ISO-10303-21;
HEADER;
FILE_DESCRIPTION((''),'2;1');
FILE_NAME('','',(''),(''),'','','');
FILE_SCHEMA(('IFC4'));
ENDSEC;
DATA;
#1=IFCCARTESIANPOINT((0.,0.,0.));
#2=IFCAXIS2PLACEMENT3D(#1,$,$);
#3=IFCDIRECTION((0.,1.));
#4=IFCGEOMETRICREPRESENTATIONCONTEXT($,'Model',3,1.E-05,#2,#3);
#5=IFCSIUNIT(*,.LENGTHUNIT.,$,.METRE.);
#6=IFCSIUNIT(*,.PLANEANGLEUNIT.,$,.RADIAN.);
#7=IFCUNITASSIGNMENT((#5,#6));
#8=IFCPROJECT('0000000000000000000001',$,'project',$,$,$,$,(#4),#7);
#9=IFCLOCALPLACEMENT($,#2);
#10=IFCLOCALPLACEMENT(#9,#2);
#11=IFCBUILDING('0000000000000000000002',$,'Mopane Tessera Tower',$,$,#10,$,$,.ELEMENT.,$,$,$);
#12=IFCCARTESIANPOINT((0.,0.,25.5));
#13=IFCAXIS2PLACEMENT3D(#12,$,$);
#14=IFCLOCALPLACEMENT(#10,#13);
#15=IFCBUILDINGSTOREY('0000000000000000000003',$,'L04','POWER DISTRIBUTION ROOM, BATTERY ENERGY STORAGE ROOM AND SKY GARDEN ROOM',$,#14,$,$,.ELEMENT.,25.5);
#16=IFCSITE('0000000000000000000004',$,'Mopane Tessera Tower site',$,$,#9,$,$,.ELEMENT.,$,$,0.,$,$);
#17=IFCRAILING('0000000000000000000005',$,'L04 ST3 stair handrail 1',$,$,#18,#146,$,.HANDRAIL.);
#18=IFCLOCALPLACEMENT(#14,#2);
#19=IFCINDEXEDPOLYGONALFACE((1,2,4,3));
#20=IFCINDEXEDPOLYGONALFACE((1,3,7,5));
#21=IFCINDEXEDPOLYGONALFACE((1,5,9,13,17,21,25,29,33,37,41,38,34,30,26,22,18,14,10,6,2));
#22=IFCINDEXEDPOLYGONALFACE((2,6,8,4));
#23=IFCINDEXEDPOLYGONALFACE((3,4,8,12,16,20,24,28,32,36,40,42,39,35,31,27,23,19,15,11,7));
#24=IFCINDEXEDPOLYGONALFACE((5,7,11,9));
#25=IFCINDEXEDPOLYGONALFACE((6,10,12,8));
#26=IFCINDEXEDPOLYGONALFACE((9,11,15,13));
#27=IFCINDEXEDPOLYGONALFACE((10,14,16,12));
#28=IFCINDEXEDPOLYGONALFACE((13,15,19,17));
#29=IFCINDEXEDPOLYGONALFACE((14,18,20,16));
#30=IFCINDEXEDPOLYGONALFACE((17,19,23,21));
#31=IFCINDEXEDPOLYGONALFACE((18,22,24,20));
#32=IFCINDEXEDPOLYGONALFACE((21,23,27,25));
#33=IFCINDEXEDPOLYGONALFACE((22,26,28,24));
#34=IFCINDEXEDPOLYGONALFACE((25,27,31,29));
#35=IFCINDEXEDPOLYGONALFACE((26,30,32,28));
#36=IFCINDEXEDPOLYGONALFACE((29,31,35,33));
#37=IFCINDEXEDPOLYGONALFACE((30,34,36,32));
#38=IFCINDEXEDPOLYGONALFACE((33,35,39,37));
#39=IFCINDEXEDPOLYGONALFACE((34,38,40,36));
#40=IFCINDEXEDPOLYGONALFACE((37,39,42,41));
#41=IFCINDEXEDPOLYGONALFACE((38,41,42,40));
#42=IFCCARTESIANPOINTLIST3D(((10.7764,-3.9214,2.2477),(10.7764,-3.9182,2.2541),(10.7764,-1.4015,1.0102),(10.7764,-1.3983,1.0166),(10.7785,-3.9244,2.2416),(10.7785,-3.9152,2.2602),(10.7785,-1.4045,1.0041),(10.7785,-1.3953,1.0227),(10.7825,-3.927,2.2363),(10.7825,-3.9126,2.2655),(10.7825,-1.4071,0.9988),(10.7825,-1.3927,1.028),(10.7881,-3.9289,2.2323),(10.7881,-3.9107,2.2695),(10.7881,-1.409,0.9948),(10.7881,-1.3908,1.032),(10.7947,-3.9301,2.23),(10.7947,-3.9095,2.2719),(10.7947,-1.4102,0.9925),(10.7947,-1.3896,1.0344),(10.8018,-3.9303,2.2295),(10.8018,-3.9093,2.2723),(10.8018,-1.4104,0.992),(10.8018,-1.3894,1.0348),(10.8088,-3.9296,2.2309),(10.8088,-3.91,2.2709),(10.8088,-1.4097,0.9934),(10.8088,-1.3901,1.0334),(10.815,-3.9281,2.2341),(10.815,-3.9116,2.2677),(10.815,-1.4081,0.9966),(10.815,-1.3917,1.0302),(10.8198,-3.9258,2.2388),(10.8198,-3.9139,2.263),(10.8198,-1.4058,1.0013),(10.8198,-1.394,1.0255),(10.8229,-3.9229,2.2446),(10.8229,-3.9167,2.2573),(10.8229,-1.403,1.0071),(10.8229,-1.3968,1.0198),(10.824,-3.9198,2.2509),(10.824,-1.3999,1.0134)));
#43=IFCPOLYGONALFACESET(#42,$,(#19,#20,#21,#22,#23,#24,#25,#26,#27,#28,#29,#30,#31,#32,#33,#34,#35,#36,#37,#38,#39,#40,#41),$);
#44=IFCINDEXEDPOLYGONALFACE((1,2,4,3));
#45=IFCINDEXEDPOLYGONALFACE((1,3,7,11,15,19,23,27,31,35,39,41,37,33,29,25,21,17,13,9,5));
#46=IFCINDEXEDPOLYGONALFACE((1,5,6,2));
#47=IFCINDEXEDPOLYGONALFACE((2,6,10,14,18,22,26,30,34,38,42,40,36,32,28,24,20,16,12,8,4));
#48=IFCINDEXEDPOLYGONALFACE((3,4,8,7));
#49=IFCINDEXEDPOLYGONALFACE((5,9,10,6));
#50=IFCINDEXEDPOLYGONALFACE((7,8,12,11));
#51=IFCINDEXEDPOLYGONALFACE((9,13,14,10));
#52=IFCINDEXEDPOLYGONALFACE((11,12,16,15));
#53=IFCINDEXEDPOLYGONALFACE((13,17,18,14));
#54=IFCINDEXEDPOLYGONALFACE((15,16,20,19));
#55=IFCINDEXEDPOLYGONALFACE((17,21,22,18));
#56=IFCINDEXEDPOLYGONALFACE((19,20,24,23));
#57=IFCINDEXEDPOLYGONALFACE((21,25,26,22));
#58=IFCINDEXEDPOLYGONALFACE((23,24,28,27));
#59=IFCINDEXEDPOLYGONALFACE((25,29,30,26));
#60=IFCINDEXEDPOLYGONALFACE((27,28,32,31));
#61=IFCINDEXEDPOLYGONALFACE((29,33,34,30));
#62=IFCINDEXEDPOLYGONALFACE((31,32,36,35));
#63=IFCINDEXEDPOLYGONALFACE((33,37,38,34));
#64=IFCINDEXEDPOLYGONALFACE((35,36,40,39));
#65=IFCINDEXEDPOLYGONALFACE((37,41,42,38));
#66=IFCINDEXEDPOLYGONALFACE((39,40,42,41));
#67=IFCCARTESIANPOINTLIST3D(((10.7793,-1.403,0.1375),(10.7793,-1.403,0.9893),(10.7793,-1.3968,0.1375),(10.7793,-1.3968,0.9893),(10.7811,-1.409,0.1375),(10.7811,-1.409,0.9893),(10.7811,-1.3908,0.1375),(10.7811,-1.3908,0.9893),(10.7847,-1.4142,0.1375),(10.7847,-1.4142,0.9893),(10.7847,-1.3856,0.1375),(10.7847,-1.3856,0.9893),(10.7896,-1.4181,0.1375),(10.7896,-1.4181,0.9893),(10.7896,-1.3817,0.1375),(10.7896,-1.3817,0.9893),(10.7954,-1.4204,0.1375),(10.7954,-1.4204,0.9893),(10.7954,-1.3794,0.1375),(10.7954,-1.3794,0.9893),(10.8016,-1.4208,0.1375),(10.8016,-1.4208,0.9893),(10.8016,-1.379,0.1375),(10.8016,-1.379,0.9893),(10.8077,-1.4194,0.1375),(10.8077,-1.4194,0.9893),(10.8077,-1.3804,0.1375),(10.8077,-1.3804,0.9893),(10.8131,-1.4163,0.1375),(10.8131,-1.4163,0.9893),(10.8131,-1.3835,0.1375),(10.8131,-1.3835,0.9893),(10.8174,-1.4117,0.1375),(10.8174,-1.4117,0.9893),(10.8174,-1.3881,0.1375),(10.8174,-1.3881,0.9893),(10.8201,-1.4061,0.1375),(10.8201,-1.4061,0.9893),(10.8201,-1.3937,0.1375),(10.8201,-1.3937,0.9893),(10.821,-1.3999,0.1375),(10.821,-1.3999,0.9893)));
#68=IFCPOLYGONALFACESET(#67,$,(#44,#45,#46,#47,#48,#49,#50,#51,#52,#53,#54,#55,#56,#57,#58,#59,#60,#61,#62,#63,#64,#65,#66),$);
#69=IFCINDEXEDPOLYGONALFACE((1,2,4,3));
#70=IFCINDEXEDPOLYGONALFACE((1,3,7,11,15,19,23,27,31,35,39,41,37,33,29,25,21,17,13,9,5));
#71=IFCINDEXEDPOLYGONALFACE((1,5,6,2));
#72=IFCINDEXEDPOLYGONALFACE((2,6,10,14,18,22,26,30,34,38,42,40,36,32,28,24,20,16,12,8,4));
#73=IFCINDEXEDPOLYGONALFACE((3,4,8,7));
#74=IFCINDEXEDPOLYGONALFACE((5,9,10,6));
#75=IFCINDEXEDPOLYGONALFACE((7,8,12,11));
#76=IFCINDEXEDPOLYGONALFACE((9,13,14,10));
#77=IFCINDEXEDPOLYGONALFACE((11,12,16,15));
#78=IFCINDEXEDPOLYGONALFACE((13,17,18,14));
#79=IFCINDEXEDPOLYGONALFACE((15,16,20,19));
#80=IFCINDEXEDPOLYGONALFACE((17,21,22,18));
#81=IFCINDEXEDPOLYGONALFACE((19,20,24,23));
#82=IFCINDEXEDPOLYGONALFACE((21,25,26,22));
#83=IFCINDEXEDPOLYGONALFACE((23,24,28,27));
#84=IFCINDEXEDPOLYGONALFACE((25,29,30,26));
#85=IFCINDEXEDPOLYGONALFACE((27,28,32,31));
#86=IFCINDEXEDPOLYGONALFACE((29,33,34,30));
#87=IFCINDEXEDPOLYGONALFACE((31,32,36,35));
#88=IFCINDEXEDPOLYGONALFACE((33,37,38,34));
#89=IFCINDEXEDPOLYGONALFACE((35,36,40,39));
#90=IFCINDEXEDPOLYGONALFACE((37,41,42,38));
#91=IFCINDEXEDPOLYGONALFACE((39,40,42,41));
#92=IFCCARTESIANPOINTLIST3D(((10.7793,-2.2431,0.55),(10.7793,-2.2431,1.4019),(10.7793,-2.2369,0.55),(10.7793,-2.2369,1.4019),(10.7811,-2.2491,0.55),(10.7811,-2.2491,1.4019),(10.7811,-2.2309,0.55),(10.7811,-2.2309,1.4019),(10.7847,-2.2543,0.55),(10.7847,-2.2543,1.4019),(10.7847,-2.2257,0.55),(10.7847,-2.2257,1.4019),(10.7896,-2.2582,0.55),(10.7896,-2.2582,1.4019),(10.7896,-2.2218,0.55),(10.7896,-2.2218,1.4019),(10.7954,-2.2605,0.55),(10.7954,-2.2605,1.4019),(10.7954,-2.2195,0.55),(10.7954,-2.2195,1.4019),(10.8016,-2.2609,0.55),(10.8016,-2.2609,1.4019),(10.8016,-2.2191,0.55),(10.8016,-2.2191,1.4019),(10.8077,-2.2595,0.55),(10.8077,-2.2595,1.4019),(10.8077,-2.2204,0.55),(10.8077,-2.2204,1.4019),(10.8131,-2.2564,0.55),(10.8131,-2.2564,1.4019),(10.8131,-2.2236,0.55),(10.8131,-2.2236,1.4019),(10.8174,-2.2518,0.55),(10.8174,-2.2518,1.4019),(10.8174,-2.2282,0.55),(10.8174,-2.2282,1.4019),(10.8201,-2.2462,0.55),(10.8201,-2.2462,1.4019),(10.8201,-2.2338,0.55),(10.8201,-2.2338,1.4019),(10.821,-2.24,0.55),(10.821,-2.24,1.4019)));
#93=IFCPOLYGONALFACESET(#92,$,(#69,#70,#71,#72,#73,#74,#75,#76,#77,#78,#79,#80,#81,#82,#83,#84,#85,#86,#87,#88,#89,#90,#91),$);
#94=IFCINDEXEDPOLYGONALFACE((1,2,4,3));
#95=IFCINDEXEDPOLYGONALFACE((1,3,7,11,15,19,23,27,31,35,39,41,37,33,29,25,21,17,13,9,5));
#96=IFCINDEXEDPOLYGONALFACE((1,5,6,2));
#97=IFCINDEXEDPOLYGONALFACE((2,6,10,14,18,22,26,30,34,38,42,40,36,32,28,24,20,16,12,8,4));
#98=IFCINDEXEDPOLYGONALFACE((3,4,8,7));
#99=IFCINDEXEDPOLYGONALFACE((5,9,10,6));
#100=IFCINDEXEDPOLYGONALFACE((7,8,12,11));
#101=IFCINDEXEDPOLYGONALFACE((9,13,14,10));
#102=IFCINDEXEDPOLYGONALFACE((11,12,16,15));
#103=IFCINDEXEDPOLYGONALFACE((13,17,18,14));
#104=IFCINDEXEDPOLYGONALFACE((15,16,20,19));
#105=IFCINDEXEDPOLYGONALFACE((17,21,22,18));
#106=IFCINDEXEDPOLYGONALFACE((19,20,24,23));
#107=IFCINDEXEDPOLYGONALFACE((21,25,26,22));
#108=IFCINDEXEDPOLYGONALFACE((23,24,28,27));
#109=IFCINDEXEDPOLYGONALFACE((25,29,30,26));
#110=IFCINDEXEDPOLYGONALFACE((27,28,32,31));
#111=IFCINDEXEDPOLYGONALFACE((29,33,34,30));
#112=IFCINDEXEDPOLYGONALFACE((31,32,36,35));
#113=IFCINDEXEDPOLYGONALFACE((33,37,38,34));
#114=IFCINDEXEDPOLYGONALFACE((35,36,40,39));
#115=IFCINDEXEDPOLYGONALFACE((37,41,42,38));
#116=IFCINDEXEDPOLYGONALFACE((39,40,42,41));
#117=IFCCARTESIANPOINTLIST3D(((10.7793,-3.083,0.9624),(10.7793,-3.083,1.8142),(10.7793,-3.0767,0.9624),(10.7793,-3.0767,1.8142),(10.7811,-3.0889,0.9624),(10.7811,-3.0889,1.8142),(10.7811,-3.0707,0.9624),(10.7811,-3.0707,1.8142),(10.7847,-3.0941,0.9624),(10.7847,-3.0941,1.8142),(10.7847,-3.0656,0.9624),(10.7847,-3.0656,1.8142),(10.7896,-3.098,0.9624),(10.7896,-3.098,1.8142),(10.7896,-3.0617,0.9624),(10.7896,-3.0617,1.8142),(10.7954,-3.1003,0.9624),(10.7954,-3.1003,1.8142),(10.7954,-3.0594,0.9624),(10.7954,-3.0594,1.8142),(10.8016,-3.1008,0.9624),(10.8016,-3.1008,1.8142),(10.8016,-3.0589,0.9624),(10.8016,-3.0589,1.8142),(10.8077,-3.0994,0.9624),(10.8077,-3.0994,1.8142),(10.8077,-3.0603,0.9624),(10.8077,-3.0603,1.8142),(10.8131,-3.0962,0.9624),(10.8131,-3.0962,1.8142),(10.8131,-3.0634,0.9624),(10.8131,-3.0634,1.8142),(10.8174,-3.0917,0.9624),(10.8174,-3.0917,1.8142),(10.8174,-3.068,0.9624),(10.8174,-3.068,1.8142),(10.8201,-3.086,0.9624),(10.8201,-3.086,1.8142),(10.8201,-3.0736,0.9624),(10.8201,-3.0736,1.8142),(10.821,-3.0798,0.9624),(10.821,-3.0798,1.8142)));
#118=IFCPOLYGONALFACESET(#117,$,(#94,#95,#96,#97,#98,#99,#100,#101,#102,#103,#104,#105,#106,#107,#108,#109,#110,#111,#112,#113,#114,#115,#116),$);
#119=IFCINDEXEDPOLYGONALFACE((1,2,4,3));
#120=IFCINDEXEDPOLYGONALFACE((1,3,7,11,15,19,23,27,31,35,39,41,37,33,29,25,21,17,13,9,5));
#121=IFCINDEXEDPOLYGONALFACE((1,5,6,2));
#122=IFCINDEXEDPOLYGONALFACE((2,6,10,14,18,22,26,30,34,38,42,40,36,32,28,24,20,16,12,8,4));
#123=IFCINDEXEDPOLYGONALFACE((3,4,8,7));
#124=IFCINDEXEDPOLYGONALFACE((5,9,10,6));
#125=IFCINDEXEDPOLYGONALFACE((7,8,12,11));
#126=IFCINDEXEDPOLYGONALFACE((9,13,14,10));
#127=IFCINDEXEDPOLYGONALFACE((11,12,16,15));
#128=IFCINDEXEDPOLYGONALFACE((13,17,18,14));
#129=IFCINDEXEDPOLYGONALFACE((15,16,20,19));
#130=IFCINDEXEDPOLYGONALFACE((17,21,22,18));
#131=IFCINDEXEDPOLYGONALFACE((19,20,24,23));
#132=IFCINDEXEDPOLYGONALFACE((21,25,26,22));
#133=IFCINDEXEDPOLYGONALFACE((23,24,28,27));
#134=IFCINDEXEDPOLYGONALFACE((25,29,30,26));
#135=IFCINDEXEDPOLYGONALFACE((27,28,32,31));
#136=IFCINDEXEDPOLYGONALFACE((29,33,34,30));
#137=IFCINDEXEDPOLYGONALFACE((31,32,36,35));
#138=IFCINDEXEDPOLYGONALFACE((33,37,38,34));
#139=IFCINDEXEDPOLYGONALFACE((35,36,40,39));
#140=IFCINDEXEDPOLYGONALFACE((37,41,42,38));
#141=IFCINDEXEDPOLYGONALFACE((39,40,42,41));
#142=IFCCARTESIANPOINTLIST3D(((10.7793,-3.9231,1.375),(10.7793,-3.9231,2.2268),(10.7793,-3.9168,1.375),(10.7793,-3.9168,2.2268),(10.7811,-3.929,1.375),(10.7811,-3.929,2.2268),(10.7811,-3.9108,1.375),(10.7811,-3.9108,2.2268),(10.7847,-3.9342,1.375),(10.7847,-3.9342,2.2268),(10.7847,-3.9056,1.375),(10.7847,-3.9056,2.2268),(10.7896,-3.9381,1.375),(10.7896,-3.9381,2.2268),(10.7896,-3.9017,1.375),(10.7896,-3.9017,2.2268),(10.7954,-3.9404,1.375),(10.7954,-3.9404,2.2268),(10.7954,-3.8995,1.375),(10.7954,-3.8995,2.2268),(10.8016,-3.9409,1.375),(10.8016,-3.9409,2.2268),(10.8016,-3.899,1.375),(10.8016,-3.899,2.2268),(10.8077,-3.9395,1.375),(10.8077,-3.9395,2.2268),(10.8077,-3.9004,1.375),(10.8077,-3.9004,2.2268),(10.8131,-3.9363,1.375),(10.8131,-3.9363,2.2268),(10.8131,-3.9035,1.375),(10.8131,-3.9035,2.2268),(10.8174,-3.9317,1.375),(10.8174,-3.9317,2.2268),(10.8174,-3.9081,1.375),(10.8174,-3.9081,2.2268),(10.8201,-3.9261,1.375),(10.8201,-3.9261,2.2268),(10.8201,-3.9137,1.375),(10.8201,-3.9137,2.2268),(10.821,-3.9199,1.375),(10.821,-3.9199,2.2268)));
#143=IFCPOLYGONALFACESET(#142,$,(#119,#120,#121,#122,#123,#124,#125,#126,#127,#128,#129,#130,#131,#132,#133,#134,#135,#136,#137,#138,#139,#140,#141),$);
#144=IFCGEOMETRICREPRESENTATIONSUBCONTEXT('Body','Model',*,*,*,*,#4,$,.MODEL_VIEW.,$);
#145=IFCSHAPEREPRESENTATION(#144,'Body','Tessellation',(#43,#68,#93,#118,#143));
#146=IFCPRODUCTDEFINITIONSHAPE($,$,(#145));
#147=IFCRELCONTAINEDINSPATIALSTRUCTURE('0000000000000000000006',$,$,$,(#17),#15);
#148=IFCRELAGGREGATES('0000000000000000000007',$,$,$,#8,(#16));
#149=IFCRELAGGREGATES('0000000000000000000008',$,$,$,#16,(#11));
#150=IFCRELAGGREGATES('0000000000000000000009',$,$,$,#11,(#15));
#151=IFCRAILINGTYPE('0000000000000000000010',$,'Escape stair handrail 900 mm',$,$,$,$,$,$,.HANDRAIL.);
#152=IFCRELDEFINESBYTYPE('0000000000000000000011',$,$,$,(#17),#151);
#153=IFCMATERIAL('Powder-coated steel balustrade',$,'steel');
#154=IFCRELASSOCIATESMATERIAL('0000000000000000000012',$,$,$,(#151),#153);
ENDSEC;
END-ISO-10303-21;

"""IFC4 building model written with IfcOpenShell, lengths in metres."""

from ifc_helpers import new_model, si_unit, direction, frame, origin, origin_2d, place, context, subcontext, project, spatial, circle, extrude, material, type_object, element, save


model = new_model("IFC4")

# Units and contexts
model_context = context("Model", 3, precision=1e-05, world=origin(), true_north=direction((0.0, 1.0)))
body_context = subcontext(model_context, "Body", "Model", "MODEL_VIEW")
ifc_project = project(units=[si_unit("LENGTHUNIT", "METRE"), si_unit("PLANEANGLEUNIT", "RADIAN")], contexts=[model_context])

# Site, building, storey
site_placement = place(None, origin())
site = spatial("IfcSite", under=ifc_project, at=site_placement, Name="Mopane Tessera Tower site", CompositionType="ELEMENT", RefElevation=0.0)
building_placement = place(site_placement, origin())
building = spatial("IfcBuilding", under=site, at=building_placement, Name="Mopane Tessera Tower", CompositionType="ELEMENT")
storey_placement = place(building_placement, frame((0.0, 0.0, 25.5)))
storey = spatial("IfcBuildingStorey", under=building, at=storey_placement, Name="L04", Description="POWER DISTRIBUTION ROOM, BATTERY ENERGY STORAGE ROOM AND SKY GARDEN ROOM", CompositionType="ELEMENT", Elevation=25.5)

# Railing
ifc_material_1 = material(Name="Powder-coated steel balustrade", Category="steel")
railing_type_1 = type_object("IfcRailingType", Name="Escape stair handrail 900 mm", PredefinedType="HANDRAIL", material=ifc_material_1)
railing_1_placement = place(storey_placement, frame((10.8, -1.3999, 0.1375)))
element("IfcRailing", 1, at=railing_1_placement, inside=storey, type_object=railing_type_1, Name="L04 ST3 stair handrail 1", PredefinedType="HANDRAIL", context=body_context, shape_type="SweptSolid", body=[
    extrude(circle(Radius=0.0239, at=origin_2d()), frame((0.0, 0.0, 0.876), z_axis=(0.0, -0.897604, 0.440802), x_axis=(1.0, 0.0, 0.0)), (0.0, 0.0, 1.0), 2.8074),
    extrude(circle(Radius=0.021, at=origin_2d()), origin(), (0.0, 0.0, 1.0), 0.8518),
    extrude(circle(Radius=0.021, at=origin_2d()), frame((0.0, -0.8401, 0.4126)), (0.0, 0.0, 1.0), 0.8518),
    extrude(circle(Radius=0.021, at=origin_2d()), frame((0.0, -1.6799, 0.825)), (0.0, 0.0, 1.0), 0.8518),
    extrude(circle(Radius=0.021, at=origin_2d()), frame((0.0, -2.52, 1.2375)), (0.0, 0.0, 1.0), 0.8518),
])

save(model, "model.ifc")
